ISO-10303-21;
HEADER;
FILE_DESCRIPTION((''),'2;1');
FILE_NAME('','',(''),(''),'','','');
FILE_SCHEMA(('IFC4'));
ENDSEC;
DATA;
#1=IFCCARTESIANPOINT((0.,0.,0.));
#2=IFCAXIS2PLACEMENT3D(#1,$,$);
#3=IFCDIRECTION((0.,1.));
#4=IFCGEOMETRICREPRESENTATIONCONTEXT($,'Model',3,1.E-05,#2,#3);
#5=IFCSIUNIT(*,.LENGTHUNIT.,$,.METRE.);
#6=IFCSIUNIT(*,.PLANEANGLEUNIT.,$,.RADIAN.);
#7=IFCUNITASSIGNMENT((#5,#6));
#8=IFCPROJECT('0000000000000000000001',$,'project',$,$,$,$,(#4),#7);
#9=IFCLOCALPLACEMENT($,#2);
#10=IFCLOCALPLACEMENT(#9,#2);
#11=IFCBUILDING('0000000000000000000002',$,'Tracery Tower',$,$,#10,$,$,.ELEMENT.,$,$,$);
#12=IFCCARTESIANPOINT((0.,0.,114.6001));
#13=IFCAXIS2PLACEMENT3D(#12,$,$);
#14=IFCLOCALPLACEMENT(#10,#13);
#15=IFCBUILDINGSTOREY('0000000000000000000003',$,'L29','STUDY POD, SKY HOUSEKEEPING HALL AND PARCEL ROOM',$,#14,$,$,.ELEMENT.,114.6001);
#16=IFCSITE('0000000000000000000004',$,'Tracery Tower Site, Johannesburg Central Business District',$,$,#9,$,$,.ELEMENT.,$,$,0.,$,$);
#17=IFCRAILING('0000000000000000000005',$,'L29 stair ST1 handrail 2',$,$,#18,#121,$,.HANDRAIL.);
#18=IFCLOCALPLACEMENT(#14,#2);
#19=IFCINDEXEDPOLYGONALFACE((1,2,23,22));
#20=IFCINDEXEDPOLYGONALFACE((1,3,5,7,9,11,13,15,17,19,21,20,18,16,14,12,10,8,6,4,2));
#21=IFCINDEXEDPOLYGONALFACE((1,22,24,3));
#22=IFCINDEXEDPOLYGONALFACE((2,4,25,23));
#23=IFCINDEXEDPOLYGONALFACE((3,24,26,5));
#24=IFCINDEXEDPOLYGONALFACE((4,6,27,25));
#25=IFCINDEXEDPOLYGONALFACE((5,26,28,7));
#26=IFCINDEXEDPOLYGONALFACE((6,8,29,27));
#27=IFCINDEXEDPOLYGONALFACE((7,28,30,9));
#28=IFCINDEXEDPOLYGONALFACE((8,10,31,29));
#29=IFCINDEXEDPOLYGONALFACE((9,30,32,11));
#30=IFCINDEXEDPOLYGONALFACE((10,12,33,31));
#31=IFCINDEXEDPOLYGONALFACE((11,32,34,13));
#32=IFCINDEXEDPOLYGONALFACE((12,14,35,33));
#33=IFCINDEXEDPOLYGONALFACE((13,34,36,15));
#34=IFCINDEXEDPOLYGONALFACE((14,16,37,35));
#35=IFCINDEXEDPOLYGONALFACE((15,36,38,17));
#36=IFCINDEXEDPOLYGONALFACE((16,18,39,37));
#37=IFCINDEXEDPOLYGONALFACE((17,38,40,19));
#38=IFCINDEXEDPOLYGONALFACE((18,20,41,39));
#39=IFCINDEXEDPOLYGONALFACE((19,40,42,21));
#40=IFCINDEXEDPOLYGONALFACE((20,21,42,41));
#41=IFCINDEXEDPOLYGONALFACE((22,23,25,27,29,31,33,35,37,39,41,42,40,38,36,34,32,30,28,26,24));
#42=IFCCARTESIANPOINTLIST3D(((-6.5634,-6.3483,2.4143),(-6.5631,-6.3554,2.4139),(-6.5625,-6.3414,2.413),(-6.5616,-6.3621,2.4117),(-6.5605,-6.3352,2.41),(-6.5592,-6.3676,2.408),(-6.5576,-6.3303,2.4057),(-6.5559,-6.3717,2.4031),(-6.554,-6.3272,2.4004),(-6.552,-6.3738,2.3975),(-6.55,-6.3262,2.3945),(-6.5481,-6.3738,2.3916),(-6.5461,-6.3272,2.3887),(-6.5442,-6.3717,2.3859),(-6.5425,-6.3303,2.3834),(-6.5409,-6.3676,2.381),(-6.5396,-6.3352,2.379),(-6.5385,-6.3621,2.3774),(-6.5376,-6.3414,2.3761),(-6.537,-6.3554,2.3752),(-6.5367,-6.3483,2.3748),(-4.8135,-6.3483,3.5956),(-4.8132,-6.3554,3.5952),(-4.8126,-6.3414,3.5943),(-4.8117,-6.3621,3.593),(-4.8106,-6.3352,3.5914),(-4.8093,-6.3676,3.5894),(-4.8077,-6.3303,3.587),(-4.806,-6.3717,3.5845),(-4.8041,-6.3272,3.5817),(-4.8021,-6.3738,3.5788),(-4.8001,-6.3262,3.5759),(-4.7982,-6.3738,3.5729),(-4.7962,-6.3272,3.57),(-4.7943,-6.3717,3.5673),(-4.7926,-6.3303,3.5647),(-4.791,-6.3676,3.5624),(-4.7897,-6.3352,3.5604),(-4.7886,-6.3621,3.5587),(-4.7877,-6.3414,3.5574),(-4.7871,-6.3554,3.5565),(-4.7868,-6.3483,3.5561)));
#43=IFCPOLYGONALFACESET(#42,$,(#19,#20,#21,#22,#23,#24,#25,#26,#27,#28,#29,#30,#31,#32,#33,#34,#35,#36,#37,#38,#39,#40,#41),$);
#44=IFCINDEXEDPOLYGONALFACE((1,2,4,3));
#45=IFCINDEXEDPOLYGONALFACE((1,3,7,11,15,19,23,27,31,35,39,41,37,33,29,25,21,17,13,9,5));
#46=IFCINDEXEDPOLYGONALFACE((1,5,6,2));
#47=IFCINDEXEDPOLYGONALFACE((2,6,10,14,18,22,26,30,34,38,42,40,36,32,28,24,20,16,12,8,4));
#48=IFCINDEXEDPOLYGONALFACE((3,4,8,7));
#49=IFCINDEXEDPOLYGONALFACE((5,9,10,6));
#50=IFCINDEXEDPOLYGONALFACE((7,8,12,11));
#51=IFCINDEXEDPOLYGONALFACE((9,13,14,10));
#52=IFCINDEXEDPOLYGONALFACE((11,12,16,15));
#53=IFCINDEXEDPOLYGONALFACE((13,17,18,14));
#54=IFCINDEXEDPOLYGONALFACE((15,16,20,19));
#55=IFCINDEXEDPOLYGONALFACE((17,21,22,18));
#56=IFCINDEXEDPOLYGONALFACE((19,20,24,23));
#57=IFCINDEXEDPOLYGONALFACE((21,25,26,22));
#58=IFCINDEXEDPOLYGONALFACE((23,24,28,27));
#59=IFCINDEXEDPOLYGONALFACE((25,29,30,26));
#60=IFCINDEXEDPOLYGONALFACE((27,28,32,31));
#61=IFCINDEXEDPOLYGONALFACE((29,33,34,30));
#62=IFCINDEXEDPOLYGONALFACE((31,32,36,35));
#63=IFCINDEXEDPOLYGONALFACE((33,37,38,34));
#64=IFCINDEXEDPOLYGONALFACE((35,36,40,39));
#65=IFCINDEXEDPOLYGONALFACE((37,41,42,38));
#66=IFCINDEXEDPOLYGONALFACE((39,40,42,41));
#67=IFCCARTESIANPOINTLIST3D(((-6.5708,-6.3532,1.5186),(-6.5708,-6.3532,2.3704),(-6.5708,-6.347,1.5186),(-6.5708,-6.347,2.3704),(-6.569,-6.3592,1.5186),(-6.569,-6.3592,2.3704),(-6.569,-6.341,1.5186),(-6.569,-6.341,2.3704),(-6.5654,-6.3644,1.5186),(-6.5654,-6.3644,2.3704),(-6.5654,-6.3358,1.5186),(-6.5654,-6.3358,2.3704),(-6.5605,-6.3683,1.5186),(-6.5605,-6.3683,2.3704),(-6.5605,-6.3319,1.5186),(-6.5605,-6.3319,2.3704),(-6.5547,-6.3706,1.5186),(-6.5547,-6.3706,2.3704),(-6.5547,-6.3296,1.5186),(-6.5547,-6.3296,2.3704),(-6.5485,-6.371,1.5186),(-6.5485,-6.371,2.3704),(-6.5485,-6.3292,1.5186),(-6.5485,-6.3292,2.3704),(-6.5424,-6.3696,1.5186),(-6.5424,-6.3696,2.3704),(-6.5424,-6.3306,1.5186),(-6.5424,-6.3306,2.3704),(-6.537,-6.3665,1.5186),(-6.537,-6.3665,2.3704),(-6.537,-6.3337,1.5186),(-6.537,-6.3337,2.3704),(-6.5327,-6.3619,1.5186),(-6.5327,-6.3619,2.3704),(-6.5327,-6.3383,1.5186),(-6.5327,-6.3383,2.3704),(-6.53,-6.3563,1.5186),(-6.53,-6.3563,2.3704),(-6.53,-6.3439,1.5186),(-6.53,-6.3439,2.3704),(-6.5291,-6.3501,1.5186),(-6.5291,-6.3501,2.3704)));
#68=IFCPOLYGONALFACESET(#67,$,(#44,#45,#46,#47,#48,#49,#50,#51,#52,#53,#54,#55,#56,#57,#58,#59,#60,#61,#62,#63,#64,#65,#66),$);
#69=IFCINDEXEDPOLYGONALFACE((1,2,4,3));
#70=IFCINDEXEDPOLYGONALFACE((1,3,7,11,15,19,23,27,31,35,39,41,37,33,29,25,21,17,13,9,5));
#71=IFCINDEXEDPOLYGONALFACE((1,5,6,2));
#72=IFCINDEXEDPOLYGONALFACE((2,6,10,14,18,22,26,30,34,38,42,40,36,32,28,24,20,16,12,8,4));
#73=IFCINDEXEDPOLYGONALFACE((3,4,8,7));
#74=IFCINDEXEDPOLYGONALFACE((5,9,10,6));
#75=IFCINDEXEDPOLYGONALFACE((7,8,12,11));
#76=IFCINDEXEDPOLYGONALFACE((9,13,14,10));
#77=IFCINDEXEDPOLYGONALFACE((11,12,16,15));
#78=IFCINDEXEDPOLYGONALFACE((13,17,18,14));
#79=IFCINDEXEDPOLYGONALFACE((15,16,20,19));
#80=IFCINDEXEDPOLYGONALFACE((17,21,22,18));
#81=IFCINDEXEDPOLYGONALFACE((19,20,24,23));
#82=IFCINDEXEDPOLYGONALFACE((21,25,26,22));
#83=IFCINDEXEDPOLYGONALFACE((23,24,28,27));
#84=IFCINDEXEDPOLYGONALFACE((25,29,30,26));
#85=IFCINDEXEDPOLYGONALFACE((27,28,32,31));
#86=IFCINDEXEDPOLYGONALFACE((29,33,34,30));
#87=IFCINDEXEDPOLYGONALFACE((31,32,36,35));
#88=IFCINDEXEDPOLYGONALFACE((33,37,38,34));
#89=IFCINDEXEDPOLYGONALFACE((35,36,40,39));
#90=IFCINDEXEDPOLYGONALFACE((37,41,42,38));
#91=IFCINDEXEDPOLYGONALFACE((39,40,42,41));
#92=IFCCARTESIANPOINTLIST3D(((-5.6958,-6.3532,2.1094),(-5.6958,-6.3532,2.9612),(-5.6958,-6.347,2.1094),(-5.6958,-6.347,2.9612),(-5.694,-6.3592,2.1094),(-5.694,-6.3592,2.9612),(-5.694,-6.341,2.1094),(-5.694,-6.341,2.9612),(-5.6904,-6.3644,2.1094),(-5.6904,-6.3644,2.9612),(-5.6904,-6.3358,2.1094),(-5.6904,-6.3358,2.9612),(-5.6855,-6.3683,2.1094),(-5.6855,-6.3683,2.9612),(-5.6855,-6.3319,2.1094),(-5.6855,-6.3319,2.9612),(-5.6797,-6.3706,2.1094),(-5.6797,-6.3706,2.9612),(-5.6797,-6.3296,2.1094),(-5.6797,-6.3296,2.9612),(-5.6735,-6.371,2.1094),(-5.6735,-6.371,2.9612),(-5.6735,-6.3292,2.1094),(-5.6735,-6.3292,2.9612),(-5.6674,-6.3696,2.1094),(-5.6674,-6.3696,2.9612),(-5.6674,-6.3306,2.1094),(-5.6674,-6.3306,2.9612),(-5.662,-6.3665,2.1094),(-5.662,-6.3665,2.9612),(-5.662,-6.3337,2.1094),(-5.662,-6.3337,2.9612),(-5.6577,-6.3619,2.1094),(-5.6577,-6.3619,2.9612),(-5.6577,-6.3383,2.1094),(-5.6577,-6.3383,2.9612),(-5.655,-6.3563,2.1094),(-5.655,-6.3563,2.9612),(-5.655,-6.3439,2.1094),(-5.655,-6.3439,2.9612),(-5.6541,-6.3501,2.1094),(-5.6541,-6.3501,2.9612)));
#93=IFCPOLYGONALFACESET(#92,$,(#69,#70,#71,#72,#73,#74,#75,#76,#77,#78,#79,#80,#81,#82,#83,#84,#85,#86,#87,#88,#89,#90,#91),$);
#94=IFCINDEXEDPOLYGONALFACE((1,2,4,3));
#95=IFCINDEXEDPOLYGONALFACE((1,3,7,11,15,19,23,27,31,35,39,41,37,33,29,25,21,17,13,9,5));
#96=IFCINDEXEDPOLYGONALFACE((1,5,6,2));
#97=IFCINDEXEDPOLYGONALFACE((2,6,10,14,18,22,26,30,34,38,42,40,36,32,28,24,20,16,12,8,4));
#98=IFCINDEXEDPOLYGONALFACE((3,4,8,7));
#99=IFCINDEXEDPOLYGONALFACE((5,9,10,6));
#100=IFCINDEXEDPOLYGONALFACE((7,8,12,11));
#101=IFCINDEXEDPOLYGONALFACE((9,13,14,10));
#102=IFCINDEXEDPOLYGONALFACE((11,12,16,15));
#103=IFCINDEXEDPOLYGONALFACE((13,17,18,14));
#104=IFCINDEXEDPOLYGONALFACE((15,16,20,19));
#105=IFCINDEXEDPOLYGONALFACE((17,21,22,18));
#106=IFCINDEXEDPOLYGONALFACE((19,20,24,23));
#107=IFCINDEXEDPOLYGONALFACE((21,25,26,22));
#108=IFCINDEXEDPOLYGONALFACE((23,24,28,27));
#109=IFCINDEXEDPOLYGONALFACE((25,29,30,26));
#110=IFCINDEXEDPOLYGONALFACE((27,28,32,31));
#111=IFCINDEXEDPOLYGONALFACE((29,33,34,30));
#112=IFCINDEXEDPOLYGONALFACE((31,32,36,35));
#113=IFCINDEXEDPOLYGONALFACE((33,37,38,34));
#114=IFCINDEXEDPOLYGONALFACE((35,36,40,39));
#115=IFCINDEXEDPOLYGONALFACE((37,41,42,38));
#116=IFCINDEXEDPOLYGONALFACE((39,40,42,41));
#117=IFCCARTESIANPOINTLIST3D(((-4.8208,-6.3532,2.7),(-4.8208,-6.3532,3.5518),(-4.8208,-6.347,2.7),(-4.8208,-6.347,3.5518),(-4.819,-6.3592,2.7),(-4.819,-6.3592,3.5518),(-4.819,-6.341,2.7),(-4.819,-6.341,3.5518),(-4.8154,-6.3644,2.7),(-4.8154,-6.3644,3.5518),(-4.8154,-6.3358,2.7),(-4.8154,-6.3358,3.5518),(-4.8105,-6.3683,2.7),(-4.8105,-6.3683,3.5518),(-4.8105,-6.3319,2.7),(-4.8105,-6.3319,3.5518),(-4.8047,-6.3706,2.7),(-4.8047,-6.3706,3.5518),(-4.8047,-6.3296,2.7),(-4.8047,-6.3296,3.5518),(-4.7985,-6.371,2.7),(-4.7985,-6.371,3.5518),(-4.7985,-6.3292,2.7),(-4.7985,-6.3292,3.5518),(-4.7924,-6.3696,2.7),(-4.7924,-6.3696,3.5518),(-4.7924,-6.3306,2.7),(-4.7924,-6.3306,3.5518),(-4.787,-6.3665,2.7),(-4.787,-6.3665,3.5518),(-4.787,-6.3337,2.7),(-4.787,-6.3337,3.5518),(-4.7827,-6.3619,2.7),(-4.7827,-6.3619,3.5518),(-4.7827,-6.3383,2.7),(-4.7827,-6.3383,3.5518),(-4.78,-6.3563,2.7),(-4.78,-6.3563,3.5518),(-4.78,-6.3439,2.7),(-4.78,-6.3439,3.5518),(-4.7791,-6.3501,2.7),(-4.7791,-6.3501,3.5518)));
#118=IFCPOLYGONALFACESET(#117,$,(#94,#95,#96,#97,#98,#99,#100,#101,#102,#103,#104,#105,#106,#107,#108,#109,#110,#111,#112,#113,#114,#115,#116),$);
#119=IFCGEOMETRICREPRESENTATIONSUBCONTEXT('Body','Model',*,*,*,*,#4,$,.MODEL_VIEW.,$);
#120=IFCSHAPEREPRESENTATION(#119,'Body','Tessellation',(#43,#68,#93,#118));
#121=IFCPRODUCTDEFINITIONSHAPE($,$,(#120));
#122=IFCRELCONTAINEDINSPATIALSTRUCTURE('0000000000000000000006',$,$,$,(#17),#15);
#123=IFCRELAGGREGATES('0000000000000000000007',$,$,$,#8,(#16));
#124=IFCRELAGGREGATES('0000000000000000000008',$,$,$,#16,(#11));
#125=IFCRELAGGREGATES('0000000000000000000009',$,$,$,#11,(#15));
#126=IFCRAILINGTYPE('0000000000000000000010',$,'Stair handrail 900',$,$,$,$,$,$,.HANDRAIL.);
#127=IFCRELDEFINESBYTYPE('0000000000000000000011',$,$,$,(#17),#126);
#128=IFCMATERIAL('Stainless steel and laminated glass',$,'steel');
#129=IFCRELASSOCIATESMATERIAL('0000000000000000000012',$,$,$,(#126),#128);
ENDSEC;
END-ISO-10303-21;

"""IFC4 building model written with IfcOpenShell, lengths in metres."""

from ifc_helpers import new_model, si_unit, direction, frame, origin, origin_2d, place, context, subcontext, project, spatial, circle, extrude, material, type_object, element, save


model = new_model("IFC4")

# Units and contexts
model_context = context("Model", 3, precision=1e-05, world=origin(), true_north=direction((0.0, 1.0)))
body_context = subcontext(model_context, "Body", "Model", "MODEL_VIEW")
ifc_project = project(units=[si_unit("LENGTHUNIT", "METRE"), si_unit("PLANEANGLEUNIT", "RADIAN")], contexts=[model_context])

# Site, building, storey
site_placement = place(None, origin())
site = spatial("IfcSite", under=ifc_project, at=site_placement, Name="Tracery Tower Site, Johannesburg Central Business District", CompositionType="ELEMENT", RefElevation=0.0)
building_placement = place(site_placement, origin())
building = spatial("IfcBuilding", under=site, at=building_placement, Name="Tracery Tower", CompositionType="ELEMENT")
storey_placement = place(building_placement, frame((0.0, 0.0, 114.6001)))
storey = spatial("IfcBuildingStorey", under=building, at=storey_placement, Name="L29", Description="STUDY POD, SKY HOUSEKEEPING HALL AND PARCEL ROOM", CompositionType="ELEMENT", Elevation=114.6001)

# Railing
ifc_material_1 = material(Name="Stainless steel and laminated glass", Category="steel")
railing_type_1 = type_object("IfcRailingType", Name="Stair handrail 900", PredefinedType="HANDRAIL", material=ifc_material_1)
railing_1_placement = place(storey_placement, frame((-6.55, -6.3501, 1.5186)))
element("IfcRailing", 1, at=railing_1_placement, inside=storey, type_object=railing_type_1, Name="L29 stair ST1 handrail 2", PredefinedType="HANDRAIL", context=body_context, shape_type="SweptSolid", body=[
    extrude(circle(Radius=0.0239, at=origin_2d()), frame((0.0, 0.0, 0.876), z_axis=(0.828817, 0.0, 0.559521), x_axis=(0.0, 1.0, 0.0)), (0.0, 0.0, 1.0), 2.1113),
    extrude(circle(Radius=0.021, at=origin_2d()), origin(), (0.0, 0.0, 1.0), 0.8518),
    extrude(circle(Radius=0.021, at=origin_2d()), frame((0.875, 0.0, 0.5908)), (0.0, 0.0, 1.0), 0.8518),
    extrude(circle(Radius=0.021, at=origin_2d()), frame((1.75, 0.0, 1.1814)), (0.0, 0.0, 1.0), 0.8518),
])

save(model, "model.ifc")
